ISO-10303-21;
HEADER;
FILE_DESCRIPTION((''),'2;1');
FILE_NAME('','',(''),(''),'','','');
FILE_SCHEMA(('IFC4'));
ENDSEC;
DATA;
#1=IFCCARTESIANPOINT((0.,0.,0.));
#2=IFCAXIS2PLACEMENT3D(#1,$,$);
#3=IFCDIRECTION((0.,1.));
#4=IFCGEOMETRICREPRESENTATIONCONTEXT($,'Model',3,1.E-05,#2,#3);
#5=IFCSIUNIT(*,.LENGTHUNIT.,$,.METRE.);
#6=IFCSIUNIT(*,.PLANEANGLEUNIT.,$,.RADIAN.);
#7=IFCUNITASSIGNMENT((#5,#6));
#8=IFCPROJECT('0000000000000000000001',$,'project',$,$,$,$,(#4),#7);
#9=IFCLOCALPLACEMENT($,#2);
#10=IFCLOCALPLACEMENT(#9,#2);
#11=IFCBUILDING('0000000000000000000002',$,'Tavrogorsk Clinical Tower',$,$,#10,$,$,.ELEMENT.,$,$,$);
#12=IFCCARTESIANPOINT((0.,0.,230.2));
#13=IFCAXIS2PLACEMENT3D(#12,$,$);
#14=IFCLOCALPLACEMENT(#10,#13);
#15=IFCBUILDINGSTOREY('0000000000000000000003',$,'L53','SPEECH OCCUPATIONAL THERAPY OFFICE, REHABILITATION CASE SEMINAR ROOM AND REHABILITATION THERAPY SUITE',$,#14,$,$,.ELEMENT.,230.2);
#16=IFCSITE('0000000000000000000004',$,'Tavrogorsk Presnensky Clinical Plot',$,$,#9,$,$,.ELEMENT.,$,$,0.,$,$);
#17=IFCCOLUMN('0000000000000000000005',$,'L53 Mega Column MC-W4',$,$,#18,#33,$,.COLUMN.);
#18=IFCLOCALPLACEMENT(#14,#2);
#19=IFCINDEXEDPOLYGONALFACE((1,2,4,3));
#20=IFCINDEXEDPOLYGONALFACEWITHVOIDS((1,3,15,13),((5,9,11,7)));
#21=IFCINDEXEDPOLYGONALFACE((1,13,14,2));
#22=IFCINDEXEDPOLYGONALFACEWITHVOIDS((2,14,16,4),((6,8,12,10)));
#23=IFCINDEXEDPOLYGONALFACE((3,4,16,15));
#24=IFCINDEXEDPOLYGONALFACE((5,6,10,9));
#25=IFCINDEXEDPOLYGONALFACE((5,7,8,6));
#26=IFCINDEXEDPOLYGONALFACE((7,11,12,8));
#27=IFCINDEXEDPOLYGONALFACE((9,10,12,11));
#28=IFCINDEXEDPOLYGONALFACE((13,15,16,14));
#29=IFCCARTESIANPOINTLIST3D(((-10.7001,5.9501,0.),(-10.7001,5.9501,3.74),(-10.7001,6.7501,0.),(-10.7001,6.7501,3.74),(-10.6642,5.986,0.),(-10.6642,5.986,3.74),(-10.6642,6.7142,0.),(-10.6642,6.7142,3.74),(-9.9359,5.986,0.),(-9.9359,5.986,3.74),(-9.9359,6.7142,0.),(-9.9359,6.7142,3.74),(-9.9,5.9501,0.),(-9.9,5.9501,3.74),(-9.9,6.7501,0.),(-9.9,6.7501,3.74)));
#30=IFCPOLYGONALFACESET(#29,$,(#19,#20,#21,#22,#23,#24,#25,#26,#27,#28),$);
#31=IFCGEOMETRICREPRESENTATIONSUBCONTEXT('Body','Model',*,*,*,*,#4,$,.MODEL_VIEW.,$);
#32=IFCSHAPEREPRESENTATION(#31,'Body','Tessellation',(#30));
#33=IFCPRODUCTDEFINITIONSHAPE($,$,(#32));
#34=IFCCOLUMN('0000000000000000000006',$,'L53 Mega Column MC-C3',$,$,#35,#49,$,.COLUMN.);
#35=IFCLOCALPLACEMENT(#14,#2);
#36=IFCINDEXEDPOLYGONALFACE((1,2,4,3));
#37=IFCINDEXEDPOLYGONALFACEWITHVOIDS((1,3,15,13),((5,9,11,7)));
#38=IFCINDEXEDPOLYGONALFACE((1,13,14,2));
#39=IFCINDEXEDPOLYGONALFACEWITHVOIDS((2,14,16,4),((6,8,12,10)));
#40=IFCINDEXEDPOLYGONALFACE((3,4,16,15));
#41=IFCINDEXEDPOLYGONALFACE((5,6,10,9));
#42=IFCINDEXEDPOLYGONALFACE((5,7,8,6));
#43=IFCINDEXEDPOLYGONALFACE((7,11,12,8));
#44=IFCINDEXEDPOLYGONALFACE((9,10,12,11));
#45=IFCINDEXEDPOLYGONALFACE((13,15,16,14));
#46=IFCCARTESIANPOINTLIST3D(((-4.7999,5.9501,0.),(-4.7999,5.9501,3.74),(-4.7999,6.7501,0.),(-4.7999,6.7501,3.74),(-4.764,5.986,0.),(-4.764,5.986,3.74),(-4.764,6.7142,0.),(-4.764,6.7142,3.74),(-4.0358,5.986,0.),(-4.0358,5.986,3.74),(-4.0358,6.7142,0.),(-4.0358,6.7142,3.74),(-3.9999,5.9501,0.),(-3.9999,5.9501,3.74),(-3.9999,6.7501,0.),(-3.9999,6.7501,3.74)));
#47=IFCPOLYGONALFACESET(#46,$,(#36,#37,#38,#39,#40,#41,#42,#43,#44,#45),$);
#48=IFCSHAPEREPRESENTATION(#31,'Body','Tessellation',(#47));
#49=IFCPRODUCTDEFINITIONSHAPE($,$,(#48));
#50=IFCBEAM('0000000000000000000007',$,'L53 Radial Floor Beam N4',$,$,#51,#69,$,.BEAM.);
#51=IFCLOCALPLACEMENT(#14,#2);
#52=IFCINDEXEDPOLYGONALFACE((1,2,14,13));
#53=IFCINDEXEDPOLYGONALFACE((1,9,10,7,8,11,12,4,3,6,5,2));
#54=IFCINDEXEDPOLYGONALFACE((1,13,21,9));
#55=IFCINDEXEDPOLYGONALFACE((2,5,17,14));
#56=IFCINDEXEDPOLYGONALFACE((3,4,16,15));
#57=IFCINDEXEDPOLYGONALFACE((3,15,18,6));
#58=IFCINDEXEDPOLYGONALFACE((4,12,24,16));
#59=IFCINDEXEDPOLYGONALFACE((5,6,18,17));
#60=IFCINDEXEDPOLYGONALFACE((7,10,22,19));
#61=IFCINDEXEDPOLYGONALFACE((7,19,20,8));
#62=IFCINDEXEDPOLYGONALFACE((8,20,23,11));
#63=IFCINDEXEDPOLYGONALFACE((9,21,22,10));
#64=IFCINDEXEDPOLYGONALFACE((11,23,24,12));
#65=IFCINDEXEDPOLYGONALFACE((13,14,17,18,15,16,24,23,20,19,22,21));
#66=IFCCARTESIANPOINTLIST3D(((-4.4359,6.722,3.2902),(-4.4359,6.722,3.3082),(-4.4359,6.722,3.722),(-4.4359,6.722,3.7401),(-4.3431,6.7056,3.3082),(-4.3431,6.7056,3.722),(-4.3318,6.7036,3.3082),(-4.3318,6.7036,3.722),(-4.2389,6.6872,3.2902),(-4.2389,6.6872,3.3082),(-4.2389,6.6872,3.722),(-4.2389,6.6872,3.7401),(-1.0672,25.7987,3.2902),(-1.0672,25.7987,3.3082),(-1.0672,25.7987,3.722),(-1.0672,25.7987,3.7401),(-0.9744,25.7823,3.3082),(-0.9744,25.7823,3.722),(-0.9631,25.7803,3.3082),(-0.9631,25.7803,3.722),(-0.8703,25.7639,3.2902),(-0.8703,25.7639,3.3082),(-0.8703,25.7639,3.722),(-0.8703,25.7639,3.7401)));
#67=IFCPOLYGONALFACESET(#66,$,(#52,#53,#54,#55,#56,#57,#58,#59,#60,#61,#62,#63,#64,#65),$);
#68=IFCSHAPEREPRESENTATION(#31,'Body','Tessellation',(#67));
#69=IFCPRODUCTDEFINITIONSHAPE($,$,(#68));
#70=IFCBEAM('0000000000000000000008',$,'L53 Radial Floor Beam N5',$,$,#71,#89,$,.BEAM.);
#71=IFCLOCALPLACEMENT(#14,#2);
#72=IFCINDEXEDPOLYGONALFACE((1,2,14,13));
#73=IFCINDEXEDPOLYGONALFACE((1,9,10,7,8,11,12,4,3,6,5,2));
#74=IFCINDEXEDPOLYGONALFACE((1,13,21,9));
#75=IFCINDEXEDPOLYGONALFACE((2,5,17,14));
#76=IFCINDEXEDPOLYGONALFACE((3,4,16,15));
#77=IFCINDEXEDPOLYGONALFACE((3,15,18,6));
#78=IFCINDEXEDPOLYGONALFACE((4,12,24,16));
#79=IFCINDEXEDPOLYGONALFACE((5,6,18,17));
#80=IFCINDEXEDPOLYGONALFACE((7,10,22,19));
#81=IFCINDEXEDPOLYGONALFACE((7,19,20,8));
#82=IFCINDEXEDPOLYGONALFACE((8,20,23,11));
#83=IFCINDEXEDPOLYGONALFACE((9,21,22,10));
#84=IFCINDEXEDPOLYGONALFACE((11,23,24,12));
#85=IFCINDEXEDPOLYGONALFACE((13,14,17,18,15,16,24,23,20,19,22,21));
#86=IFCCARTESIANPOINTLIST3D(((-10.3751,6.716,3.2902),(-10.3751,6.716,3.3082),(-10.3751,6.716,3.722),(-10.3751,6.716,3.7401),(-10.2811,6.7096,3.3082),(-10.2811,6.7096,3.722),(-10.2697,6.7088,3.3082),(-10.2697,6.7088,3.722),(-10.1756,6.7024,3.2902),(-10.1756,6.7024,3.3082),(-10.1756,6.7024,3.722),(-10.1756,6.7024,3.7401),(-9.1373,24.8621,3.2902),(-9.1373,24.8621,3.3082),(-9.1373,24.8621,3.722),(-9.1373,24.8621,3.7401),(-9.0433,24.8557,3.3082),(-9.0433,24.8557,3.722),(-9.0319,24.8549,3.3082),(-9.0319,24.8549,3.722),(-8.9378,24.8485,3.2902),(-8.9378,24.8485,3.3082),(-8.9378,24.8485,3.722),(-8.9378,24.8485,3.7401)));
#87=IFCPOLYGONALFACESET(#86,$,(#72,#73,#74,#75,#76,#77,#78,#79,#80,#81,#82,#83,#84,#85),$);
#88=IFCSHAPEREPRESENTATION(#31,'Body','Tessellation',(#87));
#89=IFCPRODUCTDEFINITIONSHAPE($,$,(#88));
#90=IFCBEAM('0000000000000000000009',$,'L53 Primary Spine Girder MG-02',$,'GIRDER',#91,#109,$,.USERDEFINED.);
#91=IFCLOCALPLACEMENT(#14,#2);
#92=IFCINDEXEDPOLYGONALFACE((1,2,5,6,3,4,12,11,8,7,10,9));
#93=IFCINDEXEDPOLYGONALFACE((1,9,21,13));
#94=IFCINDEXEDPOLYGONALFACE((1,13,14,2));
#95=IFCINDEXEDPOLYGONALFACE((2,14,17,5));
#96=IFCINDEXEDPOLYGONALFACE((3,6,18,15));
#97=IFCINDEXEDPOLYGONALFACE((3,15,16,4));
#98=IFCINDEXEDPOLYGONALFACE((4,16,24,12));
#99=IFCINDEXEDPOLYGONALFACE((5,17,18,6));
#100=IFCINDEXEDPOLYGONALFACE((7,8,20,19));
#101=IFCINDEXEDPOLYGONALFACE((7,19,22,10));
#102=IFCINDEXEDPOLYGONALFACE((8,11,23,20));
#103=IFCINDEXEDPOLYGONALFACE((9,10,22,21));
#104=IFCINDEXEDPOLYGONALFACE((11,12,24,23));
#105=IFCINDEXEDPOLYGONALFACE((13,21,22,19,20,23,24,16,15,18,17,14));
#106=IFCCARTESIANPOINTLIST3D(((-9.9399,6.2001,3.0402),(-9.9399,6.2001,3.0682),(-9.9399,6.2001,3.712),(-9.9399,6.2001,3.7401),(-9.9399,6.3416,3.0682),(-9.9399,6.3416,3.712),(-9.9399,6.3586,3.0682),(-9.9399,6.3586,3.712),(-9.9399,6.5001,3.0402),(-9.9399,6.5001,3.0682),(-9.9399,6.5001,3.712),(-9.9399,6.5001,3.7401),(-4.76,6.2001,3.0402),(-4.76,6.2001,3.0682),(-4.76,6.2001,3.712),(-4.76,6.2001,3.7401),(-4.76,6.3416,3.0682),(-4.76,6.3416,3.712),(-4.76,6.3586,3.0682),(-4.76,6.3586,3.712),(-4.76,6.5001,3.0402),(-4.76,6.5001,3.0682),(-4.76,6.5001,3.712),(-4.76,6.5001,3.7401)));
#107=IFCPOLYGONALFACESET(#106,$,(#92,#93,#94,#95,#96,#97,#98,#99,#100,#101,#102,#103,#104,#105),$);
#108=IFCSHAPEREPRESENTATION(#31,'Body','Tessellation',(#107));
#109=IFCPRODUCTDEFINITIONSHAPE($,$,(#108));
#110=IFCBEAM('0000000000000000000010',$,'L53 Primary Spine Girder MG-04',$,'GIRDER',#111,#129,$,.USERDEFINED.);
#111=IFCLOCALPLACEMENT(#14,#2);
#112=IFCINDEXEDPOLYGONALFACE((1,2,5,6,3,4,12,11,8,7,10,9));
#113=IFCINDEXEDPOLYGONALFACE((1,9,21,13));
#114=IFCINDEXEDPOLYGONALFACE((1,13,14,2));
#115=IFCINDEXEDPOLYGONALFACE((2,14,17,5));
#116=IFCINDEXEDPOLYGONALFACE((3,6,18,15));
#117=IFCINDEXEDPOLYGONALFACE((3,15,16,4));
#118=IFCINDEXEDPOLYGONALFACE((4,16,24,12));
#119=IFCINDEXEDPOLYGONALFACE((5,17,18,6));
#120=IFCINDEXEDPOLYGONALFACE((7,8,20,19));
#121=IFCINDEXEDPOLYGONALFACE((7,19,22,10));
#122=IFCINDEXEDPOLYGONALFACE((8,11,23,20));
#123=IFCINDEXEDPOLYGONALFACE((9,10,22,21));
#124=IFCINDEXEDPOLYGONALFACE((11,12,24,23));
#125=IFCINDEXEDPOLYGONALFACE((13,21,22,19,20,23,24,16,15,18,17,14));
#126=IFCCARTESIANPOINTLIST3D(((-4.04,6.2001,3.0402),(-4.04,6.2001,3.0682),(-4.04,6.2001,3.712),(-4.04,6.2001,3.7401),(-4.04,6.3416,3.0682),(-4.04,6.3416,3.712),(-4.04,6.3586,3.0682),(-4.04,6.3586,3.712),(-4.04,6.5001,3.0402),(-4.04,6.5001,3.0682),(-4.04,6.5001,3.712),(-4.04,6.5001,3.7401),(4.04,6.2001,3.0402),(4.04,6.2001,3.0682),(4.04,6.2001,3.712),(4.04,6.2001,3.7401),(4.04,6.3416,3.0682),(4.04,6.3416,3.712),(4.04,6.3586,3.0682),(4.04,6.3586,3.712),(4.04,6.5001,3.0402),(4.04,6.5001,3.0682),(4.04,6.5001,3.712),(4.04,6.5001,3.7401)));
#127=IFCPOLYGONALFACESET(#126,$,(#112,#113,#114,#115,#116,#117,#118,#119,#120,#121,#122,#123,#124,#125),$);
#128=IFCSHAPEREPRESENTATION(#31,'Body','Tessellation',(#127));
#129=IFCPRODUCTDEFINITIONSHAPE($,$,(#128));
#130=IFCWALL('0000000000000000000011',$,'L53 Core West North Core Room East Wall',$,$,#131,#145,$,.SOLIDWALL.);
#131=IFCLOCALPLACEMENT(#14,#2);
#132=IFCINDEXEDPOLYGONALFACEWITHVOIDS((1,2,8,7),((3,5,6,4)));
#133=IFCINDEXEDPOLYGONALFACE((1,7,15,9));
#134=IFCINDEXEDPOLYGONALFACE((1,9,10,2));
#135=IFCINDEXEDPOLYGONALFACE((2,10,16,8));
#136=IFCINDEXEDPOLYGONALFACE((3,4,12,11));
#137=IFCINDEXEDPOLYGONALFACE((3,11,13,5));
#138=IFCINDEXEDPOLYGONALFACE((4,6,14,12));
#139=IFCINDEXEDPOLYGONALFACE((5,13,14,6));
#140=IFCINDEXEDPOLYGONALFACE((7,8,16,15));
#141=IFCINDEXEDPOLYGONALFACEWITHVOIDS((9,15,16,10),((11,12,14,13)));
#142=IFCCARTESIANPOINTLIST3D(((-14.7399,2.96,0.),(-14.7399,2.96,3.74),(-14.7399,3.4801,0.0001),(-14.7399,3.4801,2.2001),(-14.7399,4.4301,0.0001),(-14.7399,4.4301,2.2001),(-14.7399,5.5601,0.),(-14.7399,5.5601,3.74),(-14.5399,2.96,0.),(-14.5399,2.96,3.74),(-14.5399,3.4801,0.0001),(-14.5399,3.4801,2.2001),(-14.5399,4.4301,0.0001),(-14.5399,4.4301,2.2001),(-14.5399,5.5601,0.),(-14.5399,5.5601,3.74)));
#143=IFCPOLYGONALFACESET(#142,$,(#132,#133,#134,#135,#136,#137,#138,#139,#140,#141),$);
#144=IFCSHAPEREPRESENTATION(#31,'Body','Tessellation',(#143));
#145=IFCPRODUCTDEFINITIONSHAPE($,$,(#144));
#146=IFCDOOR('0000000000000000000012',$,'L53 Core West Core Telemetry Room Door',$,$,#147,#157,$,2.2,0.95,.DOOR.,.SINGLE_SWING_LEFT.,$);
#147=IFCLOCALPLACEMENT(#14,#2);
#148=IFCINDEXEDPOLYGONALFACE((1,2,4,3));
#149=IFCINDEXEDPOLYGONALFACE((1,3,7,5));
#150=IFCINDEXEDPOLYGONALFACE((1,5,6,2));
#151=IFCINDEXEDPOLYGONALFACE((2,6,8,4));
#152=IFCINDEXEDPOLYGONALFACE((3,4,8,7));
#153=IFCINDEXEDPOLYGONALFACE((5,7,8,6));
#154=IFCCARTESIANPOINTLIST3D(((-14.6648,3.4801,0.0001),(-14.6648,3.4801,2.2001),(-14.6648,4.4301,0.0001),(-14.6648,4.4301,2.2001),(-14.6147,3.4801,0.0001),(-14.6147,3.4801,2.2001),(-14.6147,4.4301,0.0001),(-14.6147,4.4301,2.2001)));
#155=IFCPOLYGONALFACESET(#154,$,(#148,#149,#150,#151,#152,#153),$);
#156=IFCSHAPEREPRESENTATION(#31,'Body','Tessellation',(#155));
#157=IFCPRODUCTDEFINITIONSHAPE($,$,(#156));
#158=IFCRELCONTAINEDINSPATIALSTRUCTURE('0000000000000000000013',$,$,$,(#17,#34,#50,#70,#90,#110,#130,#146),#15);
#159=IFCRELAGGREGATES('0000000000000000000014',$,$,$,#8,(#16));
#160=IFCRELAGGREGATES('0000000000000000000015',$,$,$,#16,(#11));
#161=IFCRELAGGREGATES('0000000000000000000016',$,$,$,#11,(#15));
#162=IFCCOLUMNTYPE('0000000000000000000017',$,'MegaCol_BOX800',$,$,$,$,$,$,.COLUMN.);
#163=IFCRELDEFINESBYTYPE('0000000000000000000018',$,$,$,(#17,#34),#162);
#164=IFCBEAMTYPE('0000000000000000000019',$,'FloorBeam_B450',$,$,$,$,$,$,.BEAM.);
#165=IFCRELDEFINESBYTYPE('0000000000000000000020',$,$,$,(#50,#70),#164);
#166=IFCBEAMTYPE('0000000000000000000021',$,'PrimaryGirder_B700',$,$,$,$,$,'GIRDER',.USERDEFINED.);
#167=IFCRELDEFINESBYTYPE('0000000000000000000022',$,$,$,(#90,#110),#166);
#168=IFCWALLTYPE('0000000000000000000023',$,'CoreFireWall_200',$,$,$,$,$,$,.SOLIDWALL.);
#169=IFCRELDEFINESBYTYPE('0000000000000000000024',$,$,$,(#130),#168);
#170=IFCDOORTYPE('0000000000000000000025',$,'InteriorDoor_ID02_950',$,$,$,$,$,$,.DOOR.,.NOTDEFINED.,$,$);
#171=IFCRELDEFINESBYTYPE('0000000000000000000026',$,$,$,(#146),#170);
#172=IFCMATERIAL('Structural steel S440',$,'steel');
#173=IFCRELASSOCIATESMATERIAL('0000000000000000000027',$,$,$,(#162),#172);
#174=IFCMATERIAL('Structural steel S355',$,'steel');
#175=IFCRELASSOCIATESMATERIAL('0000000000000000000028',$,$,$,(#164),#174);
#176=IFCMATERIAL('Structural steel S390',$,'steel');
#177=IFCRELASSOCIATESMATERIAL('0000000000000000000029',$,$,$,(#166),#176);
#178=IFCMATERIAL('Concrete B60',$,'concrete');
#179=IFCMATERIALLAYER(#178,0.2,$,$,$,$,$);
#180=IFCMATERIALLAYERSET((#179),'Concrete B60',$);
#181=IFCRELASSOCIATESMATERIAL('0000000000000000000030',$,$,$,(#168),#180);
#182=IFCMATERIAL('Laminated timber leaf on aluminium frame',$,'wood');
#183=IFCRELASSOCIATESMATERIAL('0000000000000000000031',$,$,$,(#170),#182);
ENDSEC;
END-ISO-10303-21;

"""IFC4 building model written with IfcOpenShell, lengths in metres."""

from ifc_helpers import new_model, si_unit, direction, frame, frame_2d, origin, origin_2d, place, context, subcontext, project, spatial, rectangle, hollow_rectangle, i_section, extrude, material, layer, layer_set, material_profile, profile_set, type_object, element, fill, save


model = new_model("IFC4")

# Units and contexts
model_context = context("Model", 3, precision=1e-05, world=origin(), true_north=direction((0.0, 1.0)))
body_context = subcontext(model_context, "Body", "Model", "MODEL_VIEW")
ifc_project = project(units=[si_unit("LENGTHUNIT", "METRE"), si_unit("PLANEANGLEUNIT", "RADIAN")], contexts=[model_context])

# Site, building, storey
site_placement = place(None, origin())
site = spatial("IfcSite", under=ifc_project, at=site_placement, Name="Tavrogorsk Presnensky Clinical Plot", CompositionType="ELEMENT", RefElevation=0.0)
building_placement = place(site_placement, origin())
building = spatial("IfcBuilding", under=site, at=building_placement, Name="Tavrogorsk Clinical Tower", CompositionType="ELEMENT")
storey_placement = place(building_placement, frame((0.0, 0.0, 230.2)))
storey = spatial("IfcBuildingStorey", under=building, at=storey_placement, Name="L53", Description="SPEECH OCCUPATIONAL THERAPY OFFICE, REHABILITATION CASE SEMINAR ROOM AND REHABILITATION THERAPY SUITE", CompositionType="ELEMENT", Elevation=230.2)

# Columns
ifc_material_1 = material(Name="Structural steel S440", Category="steel")
ifc_material_profile_1 = material_profile(ifc_material_1, hollow_rectangle(XDim=0.8, YDim=0.8, WallThickness=0.0359, at=origin_2d()), Name="BOX-800x800x36")
ifc_profile_set_1 = profile_set([ifc_material_profile_1], Name="Structural steel S440")
column_type = type_object("IfcColumnType", Name="MegaCol_BOX800", PredefinedType="COLUMN", material=ifc_profile_set_1)
for number, where, z_axis, x_axis, name in (
    (1, (-10.3, 6.3501, 0.0), (0.0, 0.0, 1.0), (1.0, 0.0, 0.0), "L53 Mega Column MC-W4"),
    (2, (-4.3999, 6.3501, 0.0), (0.0, 0.0, 1.0), (1.0, 0.0, 0.0), "L53 Mega Column MC-C3"),
):
    element("IfcColumn", number, at=place(storey_placement, frame(where, z_axis=z_axis, x_axis=x_axis)), inside=storey, type_object=column_type, Name=name, PredefinedType="COLUMN", context=body_context, shape_type="SweptSolid", body=[
        extrude(hollow_rectangle(XDim=0.8, YDim=0.8, WallThickness=0.0359, at=origin_2d()), origin(), (0.0, 0.0, 1.0), 3.74),
    ])

# Beams
ifc_material_2 = material(Name="Structural steel S355", Category="steel")
ifc_material_profile_2 = material_profile(ifc_material_2, i_section(OverallWidth=0.2, OverallDepth=0.45, WebThickness=0.0115, FlangeThickness=0.0181, at=origin_2d()), Name="B-450x200x11.5x18")
ifc_profile_set_2 = profile_set([ifc_material_profile_2], Name="Structural steel S355")
beam_type_1 = type_object("IfcBeamType", Name="FloorBeam_B450", PredefinedType="BEAM", material=ifc_profile_set_2)
beam_1_placement = place(storey_placement, frame((-4.3374, 6.7046, 3.5151), z_axis=(0.173895, 0.984764, 0.0), x_axis=(-0.984764, 0.173895, 0.0)))
element("IfcBeam", 3, at=beam_1_placement, inside=storey, type_object=beam_type_1, Name="L53 Radial Floor Beam N4", PredefinedType="BEAM", context=body_context, shape_type="SweptSolid", body=[
    extrude(i_section(OverallWidth=0.2, OverallDepth=0.45, WebThickness=0.0115, FlangeThickness=0.0181, at=origin_2d()), origin(), (0.0, 0.0, 1.0), 19.3718),
])
beam_2_placement = place(storey_placement, frame((-10.2754, 6.7092, 3.5151), z_axis=(0.068055, 0.997682, 0.0), x_axis=(-0.997682, 0.068055, 0.0)))
element("IfcBeam", 4, at=beam_2_placement, inside=storey, type_object=beam_type_1, Name="L53 Radial Floor Beam N5", PredefinedType="BEAM", context=body_context, shape_type="SweptSolid", body=[
    extrude(i_section(OverallWidth=0.2, OverallDepth=0.45, WebThickness=0.0115, FlangeThickness=0.0181, at=origin_2d()), origin(), (0.0, 0.0, 1.0), 18.1882),
])
ifc_material_3 = material(Name="Structural steel S390", Category="steel")
ifc_material_profile_3 = material_profile(ifc_material_3, i_section(OverallWidth=0.3, OverallDepth=0.7, WebThickness=0.0171, FlangeThickness=0.0281, at=origin_2d()), Name="B-700x300x17x28")
ifc_profile_set_3 = profile_set([ifc_material_profile_3], Name="Structural steel S390")
beam_type_2 = type_object("IfcBeamType", Name="PrimaryGirder_B700", ElementType="GIRDER", PredefinedType="USERDEFINED", material=ifc_profile_set_3)
beam_3_placement = place(storey_placement, frame((-9.9399, 6.3501, 3.3901), z_axis=(1.0, 0.0, 0.0), x_axis=(0.0, 1.0, 0.0)))
element("IfcBeam", 5, at=beam_3_placement, inside=storey, type_object=beam_type_2, Name="L53 Primary Spine Girder MG-02", ObjectType="GIRDER", PredefinedType="USERDEFINED", context=body_context, shape_type="SweptSolid", body=[
    extrude(i_section(OverallWidth=0.3, OverallDepth=0.7, WebThickness=0.0171, FlangeThickness=0.0281, at=origin_2d()), origin(), (0.0, 0.0, 1.0), 5.1799),
])
beam_4_placement = place(storey_placement, frame((-4.04, 6.3501, 3.3901), z_axis=(1.0, 0.0, 0.0), x_axis=(0.0, 1.0, 0.0)))
element("IfcBeam", 6, at=beam_4_placement, inside=storey, type_object=beam_type_2, Name="L53 Primary Spine Girder MG-04", ObjectType="GIRDER", PredefinedType="USERDEFINED", context=body_context, shape_type="SweptSolid", body=[
    extrude(i_section(OverallWidth=0.3, OverallDepth=0.7, WebThickness=0.0171, FlangeThickness=0.0281, at=origin_2d()), origin(), (0.0, 0.0, 1.0), 8.0801),
])

# Wall, opening, door
ifc_material_4 = material(Name="Concrete B60", Category="concrete")
ifc_layer_1 = layer(ifc_material_4, 0.2)
ifc_layer_set_1 = layer_set([ifc_layer_1], Name="Concrete B60")
wall_type_1 = type_object("IfcWallType", Name="CoreFireWall_200", PredefinedType="SOLIDWALL", material=ifc_layer_set_1)
wall_1_placement = place(storey_placement, frame((-14.6399, 2.96, 0.0), z_axis=(0.0, 0.0, 1.0), x_axis=(0.0, 1.0, 0.0)))
wall_1 = element("IfcWall", 7, at=wall_1_placement, inside=storey, type_object=wall_type_1, Name="L53 Core West North Core Room East Wall", PredefinedType="SOLIDWALL", context=body_context, shape_type="SweptSolid", body=[
    extrude(rectangle(XDim=2.6001, YDim=0.2, at=frame_2d((1.3, 0.0))), origin(), (0.0, 0.0, 1.0), 3.74),
])
opening_1_placement = place(wall_1_placement, frame((0.52, 0.0, 0.0)))
opening_1 = element("IfcOpeningElement", 8, at=opening_1_placement, cuts=wall_1, PredefinedType="OPENING", context=body_context, shape_type="SweptSolid", body=[
    extrude(rectangle(XDim=0.95, YDim=2.2, at=frame_2d((0.4751, 1.1001))), frame((0.0, 0.1099, 0.0), z_axis=(0.0, -1.0, 0.0), x_axis=(1.0, 0.0, 0.0)), (0.0, 0.0, 1.0), 0.22),
])
ifc_material_5 = material(Name="Laminated timber leaf on aluminium frame", Category="wood")
door_type_1 = type_object("IfcDoorType", Name="InteriorDoor_ID02_950", OperationType="NOTDEFINED", PredefinedType="DOOR", material=ifc_material_5)
door_1_placement = place(opening_1_placement, origin())
door_1 = element("IfcDoor", 9, at=door_1_placement, inside=storey, type_object=door_type_1, Name="L53 Core West Core Telemetry Room Door", OperationType="SINGLE_SWING_LEFT", OverallHeight=2.2, OverallWidth=0.95, PredefinedType="DOOR", context=body_context, shape_type="SweptSolid", body=[
    extrude(rectangle(XDim=0.95, YDim=2.2, at=frame_2d((0.4751, 1.1001))), frame((0.0, 0.0249, 0.0), z_axis=(0.0, -1.0, 0.0), x_axis=(1.0, 0.0, 0.0)), (0.0, 0.0, 1.0), 0.05),
])
fill(opening_1, door_1)

save(model, "model.ifc")
